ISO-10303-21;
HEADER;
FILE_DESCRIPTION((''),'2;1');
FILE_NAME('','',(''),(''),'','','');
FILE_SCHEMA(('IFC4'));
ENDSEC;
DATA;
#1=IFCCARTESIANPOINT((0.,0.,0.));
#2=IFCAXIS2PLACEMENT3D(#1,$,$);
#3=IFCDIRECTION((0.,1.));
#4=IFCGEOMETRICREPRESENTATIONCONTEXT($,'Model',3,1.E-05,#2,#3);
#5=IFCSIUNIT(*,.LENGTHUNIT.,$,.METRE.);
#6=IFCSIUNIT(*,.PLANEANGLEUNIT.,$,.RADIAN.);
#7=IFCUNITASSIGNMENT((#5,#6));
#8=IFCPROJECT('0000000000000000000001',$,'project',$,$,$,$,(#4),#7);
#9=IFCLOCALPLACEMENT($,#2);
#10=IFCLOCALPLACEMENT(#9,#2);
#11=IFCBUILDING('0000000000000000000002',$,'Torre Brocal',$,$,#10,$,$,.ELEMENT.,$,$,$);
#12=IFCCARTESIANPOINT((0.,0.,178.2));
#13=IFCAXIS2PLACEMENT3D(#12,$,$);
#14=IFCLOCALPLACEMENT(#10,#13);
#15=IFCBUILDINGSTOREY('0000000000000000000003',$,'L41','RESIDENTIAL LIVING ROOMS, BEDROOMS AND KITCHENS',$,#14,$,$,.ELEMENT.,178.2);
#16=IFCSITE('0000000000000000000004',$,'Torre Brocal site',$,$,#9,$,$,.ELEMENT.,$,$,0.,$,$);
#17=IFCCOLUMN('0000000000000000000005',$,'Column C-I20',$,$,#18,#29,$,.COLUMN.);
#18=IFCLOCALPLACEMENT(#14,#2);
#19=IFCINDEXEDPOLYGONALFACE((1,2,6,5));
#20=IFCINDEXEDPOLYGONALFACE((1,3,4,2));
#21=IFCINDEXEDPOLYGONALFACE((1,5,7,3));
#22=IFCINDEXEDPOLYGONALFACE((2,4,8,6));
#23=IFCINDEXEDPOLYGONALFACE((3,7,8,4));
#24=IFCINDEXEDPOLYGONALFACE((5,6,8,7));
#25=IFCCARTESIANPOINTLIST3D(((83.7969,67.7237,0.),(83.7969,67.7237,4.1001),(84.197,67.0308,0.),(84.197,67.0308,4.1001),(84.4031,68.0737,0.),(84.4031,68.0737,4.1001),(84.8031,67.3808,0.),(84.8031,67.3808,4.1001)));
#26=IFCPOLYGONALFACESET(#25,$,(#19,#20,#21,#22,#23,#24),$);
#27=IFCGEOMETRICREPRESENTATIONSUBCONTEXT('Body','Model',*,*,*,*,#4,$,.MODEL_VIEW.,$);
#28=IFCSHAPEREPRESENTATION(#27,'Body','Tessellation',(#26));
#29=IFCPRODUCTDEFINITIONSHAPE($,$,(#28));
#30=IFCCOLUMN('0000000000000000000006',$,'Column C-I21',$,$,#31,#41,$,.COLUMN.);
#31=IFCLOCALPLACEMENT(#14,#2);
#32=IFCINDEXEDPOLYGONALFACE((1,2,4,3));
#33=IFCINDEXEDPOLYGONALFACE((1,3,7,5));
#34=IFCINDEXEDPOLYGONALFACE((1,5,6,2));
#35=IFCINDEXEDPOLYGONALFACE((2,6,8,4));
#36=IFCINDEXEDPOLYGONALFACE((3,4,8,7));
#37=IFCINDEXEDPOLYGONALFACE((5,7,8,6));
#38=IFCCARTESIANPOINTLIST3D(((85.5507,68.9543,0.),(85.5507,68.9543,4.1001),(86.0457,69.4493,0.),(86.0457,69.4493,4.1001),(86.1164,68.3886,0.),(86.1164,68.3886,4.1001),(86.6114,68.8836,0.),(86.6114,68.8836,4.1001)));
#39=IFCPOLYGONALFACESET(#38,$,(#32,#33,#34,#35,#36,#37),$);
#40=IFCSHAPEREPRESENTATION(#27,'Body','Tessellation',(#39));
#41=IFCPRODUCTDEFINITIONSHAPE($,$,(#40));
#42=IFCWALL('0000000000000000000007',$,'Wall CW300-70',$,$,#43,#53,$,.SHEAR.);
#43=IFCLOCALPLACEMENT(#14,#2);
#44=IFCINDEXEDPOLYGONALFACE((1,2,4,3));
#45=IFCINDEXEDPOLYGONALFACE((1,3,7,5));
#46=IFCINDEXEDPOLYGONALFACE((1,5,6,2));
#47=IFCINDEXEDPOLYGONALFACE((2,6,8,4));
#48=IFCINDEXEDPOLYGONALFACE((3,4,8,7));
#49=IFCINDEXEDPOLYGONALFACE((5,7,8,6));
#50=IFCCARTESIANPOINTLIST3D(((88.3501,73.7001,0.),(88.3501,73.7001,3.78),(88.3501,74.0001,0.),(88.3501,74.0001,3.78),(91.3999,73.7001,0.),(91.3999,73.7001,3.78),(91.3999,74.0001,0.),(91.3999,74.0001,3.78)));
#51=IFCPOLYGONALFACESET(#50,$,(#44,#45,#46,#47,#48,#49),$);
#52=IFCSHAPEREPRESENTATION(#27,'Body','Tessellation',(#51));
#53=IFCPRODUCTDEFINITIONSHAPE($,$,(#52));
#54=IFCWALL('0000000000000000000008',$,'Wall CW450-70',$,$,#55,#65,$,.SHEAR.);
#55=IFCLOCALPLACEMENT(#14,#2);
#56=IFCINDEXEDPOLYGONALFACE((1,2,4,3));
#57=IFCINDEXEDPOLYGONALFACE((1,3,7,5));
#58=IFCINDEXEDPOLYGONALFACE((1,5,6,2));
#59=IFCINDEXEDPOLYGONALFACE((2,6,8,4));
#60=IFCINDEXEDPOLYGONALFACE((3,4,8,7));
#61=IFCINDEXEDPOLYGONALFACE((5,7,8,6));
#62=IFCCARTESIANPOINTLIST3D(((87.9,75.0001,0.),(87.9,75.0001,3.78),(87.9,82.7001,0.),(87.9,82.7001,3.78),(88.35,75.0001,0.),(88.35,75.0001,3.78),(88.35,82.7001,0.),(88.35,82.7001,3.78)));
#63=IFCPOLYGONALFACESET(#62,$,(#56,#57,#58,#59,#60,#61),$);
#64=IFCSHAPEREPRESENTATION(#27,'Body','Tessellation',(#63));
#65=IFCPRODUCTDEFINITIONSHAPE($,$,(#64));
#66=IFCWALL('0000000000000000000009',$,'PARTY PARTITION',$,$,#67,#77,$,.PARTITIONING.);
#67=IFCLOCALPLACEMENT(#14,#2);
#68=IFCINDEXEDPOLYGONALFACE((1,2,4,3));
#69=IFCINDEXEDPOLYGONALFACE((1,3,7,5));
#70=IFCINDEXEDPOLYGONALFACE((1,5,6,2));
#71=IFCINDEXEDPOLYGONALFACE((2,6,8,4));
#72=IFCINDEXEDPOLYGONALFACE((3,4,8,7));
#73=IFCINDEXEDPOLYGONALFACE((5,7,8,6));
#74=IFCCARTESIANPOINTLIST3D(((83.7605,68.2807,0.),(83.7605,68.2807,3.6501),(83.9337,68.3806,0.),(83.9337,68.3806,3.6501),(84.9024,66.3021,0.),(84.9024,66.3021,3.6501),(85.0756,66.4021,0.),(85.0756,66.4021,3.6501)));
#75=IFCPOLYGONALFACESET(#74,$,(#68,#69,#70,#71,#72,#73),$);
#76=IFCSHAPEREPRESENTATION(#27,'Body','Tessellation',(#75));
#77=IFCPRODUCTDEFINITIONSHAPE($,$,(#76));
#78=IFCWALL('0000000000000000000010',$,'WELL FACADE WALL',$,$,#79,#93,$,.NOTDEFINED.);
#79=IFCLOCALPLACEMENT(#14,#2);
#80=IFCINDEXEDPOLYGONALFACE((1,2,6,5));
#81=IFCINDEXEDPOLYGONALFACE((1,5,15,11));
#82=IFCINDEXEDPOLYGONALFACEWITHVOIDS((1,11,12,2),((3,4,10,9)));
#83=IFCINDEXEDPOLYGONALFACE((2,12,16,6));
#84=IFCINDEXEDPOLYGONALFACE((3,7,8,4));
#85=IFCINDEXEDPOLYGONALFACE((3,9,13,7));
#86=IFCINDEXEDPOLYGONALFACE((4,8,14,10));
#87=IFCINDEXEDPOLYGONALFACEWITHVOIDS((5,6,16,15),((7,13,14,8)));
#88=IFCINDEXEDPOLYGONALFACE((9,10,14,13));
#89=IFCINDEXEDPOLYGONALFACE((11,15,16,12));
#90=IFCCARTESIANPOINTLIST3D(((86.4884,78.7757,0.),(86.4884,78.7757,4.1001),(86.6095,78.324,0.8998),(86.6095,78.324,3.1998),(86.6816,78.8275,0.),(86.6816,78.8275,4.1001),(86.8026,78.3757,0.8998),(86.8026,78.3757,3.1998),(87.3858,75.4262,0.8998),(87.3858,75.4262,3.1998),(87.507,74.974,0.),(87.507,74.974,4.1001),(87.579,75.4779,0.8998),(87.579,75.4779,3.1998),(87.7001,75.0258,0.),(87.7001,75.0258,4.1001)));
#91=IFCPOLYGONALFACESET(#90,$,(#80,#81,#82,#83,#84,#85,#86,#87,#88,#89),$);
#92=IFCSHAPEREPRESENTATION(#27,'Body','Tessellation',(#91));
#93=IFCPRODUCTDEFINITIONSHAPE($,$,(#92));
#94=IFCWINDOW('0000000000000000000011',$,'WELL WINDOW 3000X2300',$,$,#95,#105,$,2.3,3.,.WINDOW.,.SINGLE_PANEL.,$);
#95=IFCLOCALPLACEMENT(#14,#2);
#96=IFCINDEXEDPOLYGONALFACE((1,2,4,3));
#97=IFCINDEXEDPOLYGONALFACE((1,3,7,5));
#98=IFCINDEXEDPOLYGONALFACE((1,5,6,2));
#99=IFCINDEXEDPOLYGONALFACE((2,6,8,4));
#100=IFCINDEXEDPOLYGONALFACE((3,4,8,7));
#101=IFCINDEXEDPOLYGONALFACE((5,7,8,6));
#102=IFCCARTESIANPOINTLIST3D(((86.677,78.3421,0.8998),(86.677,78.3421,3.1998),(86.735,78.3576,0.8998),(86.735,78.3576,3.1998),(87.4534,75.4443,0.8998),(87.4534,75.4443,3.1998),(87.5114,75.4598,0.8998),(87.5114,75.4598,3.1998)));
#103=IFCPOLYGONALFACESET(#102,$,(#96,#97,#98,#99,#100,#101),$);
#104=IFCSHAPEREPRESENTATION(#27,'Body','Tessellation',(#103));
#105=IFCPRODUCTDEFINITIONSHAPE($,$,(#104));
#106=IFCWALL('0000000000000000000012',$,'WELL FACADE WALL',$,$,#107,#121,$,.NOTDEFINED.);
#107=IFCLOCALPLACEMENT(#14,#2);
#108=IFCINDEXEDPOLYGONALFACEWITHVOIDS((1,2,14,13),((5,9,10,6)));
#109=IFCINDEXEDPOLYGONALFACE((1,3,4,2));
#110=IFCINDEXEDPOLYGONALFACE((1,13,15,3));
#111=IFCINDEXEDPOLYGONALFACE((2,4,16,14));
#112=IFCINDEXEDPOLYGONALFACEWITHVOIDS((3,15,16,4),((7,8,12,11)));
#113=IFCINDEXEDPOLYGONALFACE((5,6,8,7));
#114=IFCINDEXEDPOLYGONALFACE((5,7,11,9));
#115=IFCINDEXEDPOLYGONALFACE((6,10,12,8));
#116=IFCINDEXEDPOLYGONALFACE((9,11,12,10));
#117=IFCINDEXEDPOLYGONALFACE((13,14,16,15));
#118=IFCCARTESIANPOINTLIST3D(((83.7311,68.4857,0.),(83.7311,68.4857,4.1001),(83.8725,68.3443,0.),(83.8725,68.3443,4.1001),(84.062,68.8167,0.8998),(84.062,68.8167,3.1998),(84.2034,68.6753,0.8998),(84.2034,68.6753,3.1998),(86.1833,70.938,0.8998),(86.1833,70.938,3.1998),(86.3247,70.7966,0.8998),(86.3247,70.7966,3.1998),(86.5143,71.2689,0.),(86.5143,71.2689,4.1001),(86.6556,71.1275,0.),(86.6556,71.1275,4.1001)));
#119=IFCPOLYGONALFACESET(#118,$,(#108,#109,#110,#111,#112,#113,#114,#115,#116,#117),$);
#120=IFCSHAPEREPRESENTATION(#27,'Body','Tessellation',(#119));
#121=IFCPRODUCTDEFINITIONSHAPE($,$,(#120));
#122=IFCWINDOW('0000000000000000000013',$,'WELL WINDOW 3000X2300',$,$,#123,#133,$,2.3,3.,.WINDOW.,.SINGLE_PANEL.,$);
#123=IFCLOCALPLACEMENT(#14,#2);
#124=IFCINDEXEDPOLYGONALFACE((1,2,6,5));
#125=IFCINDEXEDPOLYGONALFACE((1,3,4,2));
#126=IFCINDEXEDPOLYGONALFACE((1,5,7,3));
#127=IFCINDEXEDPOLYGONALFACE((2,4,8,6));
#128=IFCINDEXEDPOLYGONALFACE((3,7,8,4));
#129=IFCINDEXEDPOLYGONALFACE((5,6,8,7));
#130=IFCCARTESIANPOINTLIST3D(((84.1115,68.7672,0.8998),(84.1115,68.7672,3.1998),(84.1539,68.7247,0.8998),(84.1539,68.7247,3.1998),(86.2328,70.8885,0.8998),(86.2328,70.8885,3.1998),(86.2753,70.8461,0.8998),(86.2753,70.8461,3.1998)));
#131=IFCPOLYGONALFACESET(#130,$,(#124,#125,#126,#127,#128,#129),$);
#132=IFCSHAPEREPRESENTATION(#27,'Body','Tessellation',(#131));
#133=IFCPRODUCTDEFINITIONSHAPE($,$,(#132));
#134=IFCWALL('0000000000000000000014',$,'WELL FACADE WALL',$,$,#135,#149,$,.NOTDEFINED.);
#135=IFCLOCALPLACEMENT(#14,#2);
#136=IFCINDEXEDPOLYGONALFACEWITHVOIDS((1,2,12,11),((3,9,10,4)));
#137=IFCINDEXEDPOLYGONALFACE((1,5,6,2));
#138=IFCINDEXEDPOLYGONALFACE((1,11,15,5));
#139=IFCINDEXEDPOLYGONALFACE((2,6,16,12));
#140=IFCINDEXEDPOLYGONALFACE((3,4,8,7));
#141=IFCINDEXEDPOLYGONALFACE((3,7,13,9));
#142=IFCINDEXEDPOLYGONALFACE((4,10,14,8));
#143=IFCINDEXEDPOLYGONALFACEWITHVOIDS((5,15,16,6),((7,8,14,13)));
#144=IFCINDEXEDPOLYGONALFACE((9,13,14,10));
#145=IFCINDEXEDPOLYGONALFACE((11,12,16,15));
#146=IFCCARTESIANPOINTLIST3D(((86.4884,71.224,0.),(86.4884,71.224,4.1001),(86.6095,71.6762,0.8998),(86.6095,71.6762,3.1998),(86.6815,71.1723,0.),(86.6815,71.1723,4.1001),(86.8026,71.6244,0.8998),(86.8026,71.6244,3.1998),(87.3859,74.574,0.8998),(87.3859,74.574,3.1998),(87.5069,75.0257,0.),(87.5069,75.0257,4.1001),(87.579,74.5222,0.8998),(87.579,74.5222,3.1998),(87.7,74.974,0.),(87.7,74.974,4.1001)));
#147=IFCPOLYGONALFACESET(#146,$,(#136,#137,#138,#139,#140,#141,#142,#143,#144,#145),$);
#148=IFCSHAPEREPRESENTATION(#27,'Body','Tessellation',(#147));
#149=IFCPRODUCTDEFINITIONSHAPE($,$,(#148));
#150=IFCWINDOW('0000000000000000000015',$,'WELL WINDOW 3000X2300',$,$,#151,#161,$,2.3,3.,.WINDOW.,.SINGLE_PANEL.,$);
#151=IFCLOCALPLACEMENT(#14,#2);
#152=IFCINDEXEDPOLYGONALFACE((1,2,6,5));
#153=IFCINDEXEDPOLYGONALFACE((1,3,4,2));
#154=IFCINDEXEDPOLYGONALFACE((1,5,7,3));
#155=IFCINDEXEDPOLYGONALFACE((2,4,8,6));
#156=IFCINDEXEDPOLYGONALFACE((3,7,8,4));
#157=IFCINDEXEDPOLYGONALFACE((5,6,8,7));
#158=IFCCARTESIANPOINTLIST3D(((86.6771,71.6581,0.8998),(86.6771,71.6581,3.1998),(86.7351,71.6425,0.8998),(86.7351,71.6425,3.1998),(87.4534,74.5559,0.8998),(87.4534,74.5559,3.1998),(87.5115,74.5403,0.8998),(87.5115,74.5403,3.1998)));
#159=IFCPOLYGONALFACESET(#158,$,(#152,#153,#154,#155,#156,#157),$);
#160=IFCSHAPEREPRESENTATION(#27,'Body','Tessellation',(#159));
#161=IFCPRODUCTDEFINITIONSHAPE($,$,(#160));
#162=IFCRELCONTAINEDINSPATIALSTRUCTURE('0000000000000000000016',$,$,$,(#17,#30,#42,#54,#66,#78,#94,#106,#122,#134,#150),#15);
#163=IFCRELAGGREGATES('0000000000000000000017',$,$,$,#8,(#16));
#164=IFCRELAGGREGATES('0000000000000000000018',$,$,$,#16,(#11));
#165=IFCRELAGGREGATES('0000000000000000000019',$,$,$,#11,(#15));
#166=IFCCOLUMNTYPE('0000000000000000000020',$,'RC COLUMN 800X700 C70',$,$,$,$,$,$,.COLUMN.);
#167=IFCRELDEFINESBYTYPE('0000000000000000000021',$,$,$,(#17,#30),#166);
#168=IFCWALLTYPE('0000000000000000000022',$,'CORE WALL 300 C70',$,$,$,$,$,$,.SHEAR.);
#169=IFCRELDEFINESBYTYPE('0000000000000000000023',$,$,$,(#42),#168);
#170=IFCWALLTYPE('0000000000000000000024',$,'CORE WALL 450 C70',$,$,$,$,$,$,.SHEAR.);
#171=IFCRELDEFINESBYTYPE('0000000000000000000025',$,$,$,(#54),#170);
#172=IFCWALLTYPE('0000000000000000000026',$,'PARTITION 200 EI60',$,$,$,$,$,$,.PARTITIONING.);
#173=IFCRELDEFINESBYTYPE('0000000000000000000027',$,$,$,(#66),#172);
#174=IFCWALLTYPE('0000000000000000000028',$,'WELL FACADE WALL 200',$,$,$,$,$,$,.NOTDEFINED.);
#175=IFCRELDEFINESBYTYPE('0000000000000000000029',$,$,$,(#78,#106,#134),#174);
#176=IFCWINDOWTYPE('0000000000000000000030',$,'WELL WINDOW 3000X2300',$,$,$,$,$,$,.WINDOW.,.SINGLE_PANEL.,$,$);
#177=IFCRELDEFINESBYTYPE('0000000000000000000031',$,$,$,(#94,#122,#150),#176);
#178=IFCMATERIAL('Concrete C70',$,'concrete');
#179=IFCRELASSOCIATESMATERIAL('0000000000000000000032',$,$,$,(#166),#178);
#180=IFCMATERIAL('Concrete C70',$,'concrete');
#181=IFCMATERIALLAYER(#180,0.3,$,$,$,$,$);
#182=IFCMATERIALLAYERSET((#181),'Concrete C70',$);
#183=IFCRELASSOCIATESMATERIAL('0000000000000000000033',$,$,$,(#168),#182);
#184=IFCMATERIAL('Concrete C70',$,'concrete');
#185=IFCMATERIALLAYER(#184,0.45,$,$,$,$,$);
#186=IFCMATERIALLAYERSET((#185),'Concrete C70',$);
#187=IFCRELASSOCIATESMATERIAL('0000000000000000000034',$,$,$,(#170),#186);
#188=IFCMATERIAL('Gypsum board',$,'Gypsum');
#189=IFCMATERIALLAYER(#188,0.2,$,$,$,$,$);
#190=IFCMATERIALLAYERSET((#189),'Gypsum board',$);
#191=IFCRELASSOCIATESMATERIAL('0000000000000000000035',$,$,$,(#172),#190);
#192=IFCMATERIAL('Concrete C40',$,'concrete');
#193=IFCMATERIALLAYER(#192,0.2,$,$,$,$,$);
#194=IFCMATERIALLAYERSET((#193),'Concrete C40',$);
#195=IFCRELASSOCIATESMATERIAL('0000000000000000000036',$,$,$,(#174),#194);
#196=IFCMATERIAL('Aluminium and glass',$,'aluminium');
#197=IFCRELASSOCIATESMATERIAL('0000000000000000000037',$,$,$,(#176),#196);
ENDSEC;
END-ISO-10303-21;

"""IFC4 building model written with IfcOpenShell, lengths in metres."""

from ifc_helpers import new_model, si_unit, direction, frame, frame_2d, origin, origin_2d, place, context, subcontext, project, spatial, rectangle, extrude, material, layer, layer_set, material_profile, profile_set, type_object, element, fill, save


model = new_model("IFC4")

# Units and contexts
model_context = context("Model", 3, precision=1e-05, world=origin(), true_north=direction((0.0, 1.0)))
body_context = subcontext(model_context, "Body", "Model", "MODEL_VIEW")
ifc_project = project(units=[si_unit("LENGTHUNIT", "METRE"), si_unit("PLANEANGLEUNIT", "RADIAN")], contexts=[model_context])

# Site, building, storey
site_placement = place(None, origin())
site = spatial("IfcSite", under=ifc_project, at=site_placement, Name="Torre Brocal site", CompositionType="ELEMENT", RefElevation=0.0)
building_placement = place(site_placement, origin())
building = spatial("IfcBuilding", under=site, at=building_placement, Name="Torre Brocal", CompositionType="ELEMENT")
storey_placement = place(building_placement, frame((0.0, 0.0, 178.2)))
storey = spatial("IfcBuildingStorey", under=building, at=storey_placement, Name="L41", Description="RESIDENTIAL LIVING ROOMS, BEDROOMS AND KITCHENS", CompositionType="ELEMENT", Elevation=178.2)

# Columns
ifc_material_1 = material(Name="Concrete C70", Category="concrete")
ifc_material_profile = material_profile(ifc_material_1, rectangle(XDim=0.8, YDim=0.7, at=origin_2d()), Name="RC 800X700")
ifc_profile_set = profile_set([ifc_material_profile], Name="Concrete C70")
column_type = type_object("IfcColumnType", Name="RC COLUMN 800X700 C70", PredefinedType="COLUMN", material=ifc_profile_set)
for number, where, z_axis, x_axis, name in (
    (1, (84.3, 67.5522, 0.0), (0.0, 0.0, 1.0), (0.5, -0.866025, 0.0), "Column C-I20"),
    (2, (86.0811, 68.9189, 0.0), (0.0, 0.0, 1.0), (0.707107, -0.707107, 0.0), "Column C-I21"),
):
    element("IfcColumn", number, at=place(storey_placement, frame(where, z_axis=z_axis, x_axis=x_axis)), inside=storey, type_object=column_type, Name=name, PredefinedType="COLUMN", context=body_context, shape_type="SweptSolid", body=[
        extrude(rectangle(XDim=0.8, YDim=0.7, at=origin_2d()), origin(), (0.0, 0.0, 1.0), 4.1001),
    ])

# Walls
ifc_material_2 = material(Name="Concrete C70", Category="concrete")
ifc_layer_1 = layer(ifc_material_2, 0.3)
ifc_layer_set_1 = layer_set([ifc_layer_1], Name="Concrete C70")
wall_type_1 = type_object("IfcWallType", Name="CORE WALL 300 C70", PredefinedType="SHEAR", material=ifc_layer_set_1)
wall_1_placement = place(storey_placement, frame((88.3501, 73.8501, 0.0), z_axis=(0.0, 0.0, 1.0), x_axis=(1.0, 0.0, 0.0)))
element("IfcWall", 3, at=wall_1_placement, inside=storey, type_object=wall_type_1, Name="Wall CW300-70", PredefinedType="SHEAR", context=body_context, shape_type="SweptSolid", body=[
    extrude(rectangle(XDim=3.0498, YDim=0.3, at=frame_2d((1.5249, 0.0))), origin(), (0.0, 0.0, 1.0), 3.78),
])
ifc_material_3 = material(Name="Concrete C70", Category="concrete")
ifc_layer_2 = layer(ifc_material_3, 0.45)
ifc_layer_set_2 = layer_set([ifc_layer_2], Name="Concrete C70")
wall_type_2 = type_object("IfcWallType", Name="CORE WALL 450 C70", PredefinedType="SHEAR", material=ifc_layer_set_2)
wall_2_placement = place(storey_placement, frame((88.125, 75.0, 0.0), z_axis=(0.0, 0.0, 1.0), x_axis=(0.0, 1.0, 0.0)))
element("IfcWall", 4, at=wall_2_placement, inside=storey, type_object=wall_type_2, Name="Wall CW450-70", PredefinedType="SHEAR", context=body_context, shape_type="SweptSolid", body=[
    extrude(rectangle(XDim=7.7, YDim=0.45, at=frame_2d((3.8501, 0.0))), origin(), (0.0, 0.0, 1.0), 3.78),
])
ifc_material_4 = material(Name="Gypsum board", Category="Gypsum")
ifc_layer_3 = layer(ifc_material_4, 0.2)
ifc_layer_set_3 = layer_set([ifc_layer_3], Name="Gypsum board")
wall_type_3 = type_object("IfcWallType", Name="PARTITION 200 EI60", PredefinedType="PARTITIONING", material=ifc_layer_set_3)
wall_3_placement = place(storey_placement, frame((83.8472, 68.3306, 0.0), z_axis=(0.0, 0.0, 1.0), x_axis=(0.499852, -0.866111, 0.0)))
element("IfcWall", 5, at=wall_3_placement, inside=storey, type_object=wall_type_3, Name="PARTY PARTITION", PredefinedType="PARTITIONING", context=body_context, shape_type="SweptSolid", body=[
    extrude(rectangle(XDim=2.2844, YDim=0.2, at=frame_2d((1.1421, 0.0))), origin(), (0.0, 0.0, 1.0), 3.6501),
])

# Walls, openings, windows
ifc_material_5 = material(Name="Concrete C40", Category="concrete")
ifc_layer_4 = layer(ifc_material_5, 0.2)
ifc_layer_set_4 = layer_set([ifc_layer_4], Name="Concrete C40")
wall_type_4 = type_object("IfcWallType", Name="WELL FACADE WALL 200", PredefinedType="NOTDEFINED", material=ifc_layer_set_4)
wall_4_placement = place(storey_placement, frame((87.6035, 75.0, 0.0), z_axis=(0.0, 0.0, 1.0), x_axis=(-0.25879, 0.965934, 0.0)))
wall_4 = element("IfcWall", 6, at=wall_4_placement, inside=storey, type_object=wall_type_4, Name="WELL FACADE WALL", PredefinedType="NOTDEFINED", context=body_context, shape_type="SweptSolid", body=[
    extrude(rectangle(XDim=3.9358, YDim=0.2, at=frame_2d((1.9678, 0.0))), origin(), (0.0, 0.0, 1.0), 4.1001),
])
opening_1_placement = place(wall_4_placement, frame((0.468, 0.0, 0.8999)))
opening_1 = element("IfcOpeningElement", 7, at=opening_1_placement, cuts=wall_4, PredefinedType="OPENING", context=body_context, shape_type="SweptSolid", body=[
    extrude(rectangle(XDim=3.0, YDim=2.3, at=frame_2d((1.5, 1.1499))), frame((0.0, 0.1099, 0.0), z_axis=(0.0, -1.0, 0.0), x_axis=(1.0, 0.0, 0.0)), (0.0, 0.0, 1.0), 0.22),
])
ifc_material_6 = material(Name="Aluminium and glass", Category="aluminium")
window_type = type_object("IfcWindowType", Name="WELL WINDOW 3000X2300", PartitioningType="SINGLE_PANEL", PredefinedType="WINDOW", material=ifc_material_6)
window_1_placement = place(opening_1_placement, origin())
window_1 = element("IfcWindow", 8, at=window_1_placement, inside=storey, type_object=window_type, Name="WELL WINDOW 3000X2300", OverallHeight=2.3, OverallWidth=3.0, PartitioningType="SINGLE_PANEL", PredefinedType="WINDOW", context=body_context, shape_type="SweptSolid", body=[
    extrude(rectangle(XDim=3.0, YDim=2.3, at=frame_2d((1.5, 1.1499))), frame((0.0, 0.03, 0.0), z_axis=(0.0, -1.0, 0.0), x_axis=(1.0, 0.0, 0.0)), (0.0, 0.0, 1.0), 0.0601),
])
fill(opening_1, window_1)
wall_5_placement = place(storey_placement, frame((83.8018, 68.415, 0.0), z_axis=(0.0, 0.0, 1.0), x_axis=(0.707107, 0.707107, 0.0)))
wall_5 = element("IfcWall", 9, at=wall_5_placement, inside=storey, type_object=wall_type_4, Name="WELL FACADE WALL", PredefinedType="NOTDEFINED", context=body_context, shape_type="SweptSolid", body=[
    extrude(rectangle(XDim=3.936, YDim=0.2, at=frame_2d((1.968, 0.0))), origin(), (0.0, 0.0, 1.0), 4.1001),
])
opening_2_placement = place(wall_5_placement, frame((0.468, 0.0, 0.8999)))
opening_2 = element("IfcOpeningElement", 10, at=opening_2_placement, cuts=wall_5, PredefinedType="OPENING", context=body_context, shape_type="SweptSolid", body=[
    extrude(rectangle(XDim=3.0, YDim=2.3, at=frame_2d((1.5, 1.1499))), frame((0.0, 0.1099, 0.0), z_axis=(0.0, -1.0, 0.0), x_axis=(1.0, 0.0, 0.0)), (0.0, 0.0, 1.0), 0.22),
])
window_2_placement = place(opening_2_placement, origin())
window_2 = element("IfcWindow", 11, at=window_2_placement, inside=storey, type_object=window_type, Name="WELL WINDOW 3000X2300", OverallHeight=2.3, OverallWidth=3.0, PartitioningType="SINGLE_PANEL", PredefinedType="WINDOW", context=body_context, shape_type="SweptSolid", body=[
    extrude(rectangle(XDim=3.0, YDim=2.3, at=frame_2d((1.5, 1.1499))), frame((0.0, 0.03, 0.0), z_axis=(0.0, -1.0, 0.0), x_axis=(1.0, 0.0, 0.0)), (0.0, 0.0, 1.0), 0.0601),
])
fill(opening_2, window_2)
wall_6_placement = place(storey_placement, frame((86.585, 71.1982, 0.0), z_axis=(0.0, 0.0, 1.0), x_axis=(0.25879, 0.965934, 0.0)))
wall_6 = element("IfcWall", 12, at=wall_6_placement, inside=storey, type_object=wall_type_4, Name="WELL FACADE WALL", PredefinedType="NOTDEFINED", context=body_context, shape_type="SweptSolid", body=[
    extrude(rectangle(XDim=3.9358, YDim=0.2, at=frame_2d((1.9678, 0.0))), origin(), (0.0, 0.0, 1.0), 4.1001),
])
opening_3_placement = place(wall_6_placement, frame((0.468, 0.0, 0.8999)))
opening_3 = element("IfcOpeningElement", 13, at=opening_3_placement, cuts=wall_6, PredefinedType="OPENING", context=body_context, shape_type="SweptSolid", body=[
    extrude(rectangle(XDim=3.0, YDim=2.3, at=frame_2d((1.5, 1.1499))), frame((0.0, 0.1099, 0.0), z_axis=(0.0, -1.0, 0.0), x_axis=(1.0, 0.0, 0.0)), (0.0, 0.0, 1.0), 0.22),
])
window_3_placement = place(opening_3_placement, origin())
window_3 = element("IfcWindow", 14, at=window_3_placement, inside=storey, type_object=window_type, Name="WELL WINDOW 3000X2300", OverallHeight=2.3, OverallWidth=3.0, PartitioningType="SINGLE_PANEL", PredefinedType="WINDOW", context=body_context, shape_type="SweptSolid", body=[
    extrude(rectangle(XDim=3.0, YDim=2.3, at=frame_2d((1.5, 1.1499))), frame((0.0, 0.03, 0.0), z_axis=(0.0, -1.0, 0.0), x_axis=(1.0, 0.0, 0.0)), (0.0, 0.0, 1.0), 0.0601),
])
fill(opening_3, window_3)

save(model, "model.ifc")
